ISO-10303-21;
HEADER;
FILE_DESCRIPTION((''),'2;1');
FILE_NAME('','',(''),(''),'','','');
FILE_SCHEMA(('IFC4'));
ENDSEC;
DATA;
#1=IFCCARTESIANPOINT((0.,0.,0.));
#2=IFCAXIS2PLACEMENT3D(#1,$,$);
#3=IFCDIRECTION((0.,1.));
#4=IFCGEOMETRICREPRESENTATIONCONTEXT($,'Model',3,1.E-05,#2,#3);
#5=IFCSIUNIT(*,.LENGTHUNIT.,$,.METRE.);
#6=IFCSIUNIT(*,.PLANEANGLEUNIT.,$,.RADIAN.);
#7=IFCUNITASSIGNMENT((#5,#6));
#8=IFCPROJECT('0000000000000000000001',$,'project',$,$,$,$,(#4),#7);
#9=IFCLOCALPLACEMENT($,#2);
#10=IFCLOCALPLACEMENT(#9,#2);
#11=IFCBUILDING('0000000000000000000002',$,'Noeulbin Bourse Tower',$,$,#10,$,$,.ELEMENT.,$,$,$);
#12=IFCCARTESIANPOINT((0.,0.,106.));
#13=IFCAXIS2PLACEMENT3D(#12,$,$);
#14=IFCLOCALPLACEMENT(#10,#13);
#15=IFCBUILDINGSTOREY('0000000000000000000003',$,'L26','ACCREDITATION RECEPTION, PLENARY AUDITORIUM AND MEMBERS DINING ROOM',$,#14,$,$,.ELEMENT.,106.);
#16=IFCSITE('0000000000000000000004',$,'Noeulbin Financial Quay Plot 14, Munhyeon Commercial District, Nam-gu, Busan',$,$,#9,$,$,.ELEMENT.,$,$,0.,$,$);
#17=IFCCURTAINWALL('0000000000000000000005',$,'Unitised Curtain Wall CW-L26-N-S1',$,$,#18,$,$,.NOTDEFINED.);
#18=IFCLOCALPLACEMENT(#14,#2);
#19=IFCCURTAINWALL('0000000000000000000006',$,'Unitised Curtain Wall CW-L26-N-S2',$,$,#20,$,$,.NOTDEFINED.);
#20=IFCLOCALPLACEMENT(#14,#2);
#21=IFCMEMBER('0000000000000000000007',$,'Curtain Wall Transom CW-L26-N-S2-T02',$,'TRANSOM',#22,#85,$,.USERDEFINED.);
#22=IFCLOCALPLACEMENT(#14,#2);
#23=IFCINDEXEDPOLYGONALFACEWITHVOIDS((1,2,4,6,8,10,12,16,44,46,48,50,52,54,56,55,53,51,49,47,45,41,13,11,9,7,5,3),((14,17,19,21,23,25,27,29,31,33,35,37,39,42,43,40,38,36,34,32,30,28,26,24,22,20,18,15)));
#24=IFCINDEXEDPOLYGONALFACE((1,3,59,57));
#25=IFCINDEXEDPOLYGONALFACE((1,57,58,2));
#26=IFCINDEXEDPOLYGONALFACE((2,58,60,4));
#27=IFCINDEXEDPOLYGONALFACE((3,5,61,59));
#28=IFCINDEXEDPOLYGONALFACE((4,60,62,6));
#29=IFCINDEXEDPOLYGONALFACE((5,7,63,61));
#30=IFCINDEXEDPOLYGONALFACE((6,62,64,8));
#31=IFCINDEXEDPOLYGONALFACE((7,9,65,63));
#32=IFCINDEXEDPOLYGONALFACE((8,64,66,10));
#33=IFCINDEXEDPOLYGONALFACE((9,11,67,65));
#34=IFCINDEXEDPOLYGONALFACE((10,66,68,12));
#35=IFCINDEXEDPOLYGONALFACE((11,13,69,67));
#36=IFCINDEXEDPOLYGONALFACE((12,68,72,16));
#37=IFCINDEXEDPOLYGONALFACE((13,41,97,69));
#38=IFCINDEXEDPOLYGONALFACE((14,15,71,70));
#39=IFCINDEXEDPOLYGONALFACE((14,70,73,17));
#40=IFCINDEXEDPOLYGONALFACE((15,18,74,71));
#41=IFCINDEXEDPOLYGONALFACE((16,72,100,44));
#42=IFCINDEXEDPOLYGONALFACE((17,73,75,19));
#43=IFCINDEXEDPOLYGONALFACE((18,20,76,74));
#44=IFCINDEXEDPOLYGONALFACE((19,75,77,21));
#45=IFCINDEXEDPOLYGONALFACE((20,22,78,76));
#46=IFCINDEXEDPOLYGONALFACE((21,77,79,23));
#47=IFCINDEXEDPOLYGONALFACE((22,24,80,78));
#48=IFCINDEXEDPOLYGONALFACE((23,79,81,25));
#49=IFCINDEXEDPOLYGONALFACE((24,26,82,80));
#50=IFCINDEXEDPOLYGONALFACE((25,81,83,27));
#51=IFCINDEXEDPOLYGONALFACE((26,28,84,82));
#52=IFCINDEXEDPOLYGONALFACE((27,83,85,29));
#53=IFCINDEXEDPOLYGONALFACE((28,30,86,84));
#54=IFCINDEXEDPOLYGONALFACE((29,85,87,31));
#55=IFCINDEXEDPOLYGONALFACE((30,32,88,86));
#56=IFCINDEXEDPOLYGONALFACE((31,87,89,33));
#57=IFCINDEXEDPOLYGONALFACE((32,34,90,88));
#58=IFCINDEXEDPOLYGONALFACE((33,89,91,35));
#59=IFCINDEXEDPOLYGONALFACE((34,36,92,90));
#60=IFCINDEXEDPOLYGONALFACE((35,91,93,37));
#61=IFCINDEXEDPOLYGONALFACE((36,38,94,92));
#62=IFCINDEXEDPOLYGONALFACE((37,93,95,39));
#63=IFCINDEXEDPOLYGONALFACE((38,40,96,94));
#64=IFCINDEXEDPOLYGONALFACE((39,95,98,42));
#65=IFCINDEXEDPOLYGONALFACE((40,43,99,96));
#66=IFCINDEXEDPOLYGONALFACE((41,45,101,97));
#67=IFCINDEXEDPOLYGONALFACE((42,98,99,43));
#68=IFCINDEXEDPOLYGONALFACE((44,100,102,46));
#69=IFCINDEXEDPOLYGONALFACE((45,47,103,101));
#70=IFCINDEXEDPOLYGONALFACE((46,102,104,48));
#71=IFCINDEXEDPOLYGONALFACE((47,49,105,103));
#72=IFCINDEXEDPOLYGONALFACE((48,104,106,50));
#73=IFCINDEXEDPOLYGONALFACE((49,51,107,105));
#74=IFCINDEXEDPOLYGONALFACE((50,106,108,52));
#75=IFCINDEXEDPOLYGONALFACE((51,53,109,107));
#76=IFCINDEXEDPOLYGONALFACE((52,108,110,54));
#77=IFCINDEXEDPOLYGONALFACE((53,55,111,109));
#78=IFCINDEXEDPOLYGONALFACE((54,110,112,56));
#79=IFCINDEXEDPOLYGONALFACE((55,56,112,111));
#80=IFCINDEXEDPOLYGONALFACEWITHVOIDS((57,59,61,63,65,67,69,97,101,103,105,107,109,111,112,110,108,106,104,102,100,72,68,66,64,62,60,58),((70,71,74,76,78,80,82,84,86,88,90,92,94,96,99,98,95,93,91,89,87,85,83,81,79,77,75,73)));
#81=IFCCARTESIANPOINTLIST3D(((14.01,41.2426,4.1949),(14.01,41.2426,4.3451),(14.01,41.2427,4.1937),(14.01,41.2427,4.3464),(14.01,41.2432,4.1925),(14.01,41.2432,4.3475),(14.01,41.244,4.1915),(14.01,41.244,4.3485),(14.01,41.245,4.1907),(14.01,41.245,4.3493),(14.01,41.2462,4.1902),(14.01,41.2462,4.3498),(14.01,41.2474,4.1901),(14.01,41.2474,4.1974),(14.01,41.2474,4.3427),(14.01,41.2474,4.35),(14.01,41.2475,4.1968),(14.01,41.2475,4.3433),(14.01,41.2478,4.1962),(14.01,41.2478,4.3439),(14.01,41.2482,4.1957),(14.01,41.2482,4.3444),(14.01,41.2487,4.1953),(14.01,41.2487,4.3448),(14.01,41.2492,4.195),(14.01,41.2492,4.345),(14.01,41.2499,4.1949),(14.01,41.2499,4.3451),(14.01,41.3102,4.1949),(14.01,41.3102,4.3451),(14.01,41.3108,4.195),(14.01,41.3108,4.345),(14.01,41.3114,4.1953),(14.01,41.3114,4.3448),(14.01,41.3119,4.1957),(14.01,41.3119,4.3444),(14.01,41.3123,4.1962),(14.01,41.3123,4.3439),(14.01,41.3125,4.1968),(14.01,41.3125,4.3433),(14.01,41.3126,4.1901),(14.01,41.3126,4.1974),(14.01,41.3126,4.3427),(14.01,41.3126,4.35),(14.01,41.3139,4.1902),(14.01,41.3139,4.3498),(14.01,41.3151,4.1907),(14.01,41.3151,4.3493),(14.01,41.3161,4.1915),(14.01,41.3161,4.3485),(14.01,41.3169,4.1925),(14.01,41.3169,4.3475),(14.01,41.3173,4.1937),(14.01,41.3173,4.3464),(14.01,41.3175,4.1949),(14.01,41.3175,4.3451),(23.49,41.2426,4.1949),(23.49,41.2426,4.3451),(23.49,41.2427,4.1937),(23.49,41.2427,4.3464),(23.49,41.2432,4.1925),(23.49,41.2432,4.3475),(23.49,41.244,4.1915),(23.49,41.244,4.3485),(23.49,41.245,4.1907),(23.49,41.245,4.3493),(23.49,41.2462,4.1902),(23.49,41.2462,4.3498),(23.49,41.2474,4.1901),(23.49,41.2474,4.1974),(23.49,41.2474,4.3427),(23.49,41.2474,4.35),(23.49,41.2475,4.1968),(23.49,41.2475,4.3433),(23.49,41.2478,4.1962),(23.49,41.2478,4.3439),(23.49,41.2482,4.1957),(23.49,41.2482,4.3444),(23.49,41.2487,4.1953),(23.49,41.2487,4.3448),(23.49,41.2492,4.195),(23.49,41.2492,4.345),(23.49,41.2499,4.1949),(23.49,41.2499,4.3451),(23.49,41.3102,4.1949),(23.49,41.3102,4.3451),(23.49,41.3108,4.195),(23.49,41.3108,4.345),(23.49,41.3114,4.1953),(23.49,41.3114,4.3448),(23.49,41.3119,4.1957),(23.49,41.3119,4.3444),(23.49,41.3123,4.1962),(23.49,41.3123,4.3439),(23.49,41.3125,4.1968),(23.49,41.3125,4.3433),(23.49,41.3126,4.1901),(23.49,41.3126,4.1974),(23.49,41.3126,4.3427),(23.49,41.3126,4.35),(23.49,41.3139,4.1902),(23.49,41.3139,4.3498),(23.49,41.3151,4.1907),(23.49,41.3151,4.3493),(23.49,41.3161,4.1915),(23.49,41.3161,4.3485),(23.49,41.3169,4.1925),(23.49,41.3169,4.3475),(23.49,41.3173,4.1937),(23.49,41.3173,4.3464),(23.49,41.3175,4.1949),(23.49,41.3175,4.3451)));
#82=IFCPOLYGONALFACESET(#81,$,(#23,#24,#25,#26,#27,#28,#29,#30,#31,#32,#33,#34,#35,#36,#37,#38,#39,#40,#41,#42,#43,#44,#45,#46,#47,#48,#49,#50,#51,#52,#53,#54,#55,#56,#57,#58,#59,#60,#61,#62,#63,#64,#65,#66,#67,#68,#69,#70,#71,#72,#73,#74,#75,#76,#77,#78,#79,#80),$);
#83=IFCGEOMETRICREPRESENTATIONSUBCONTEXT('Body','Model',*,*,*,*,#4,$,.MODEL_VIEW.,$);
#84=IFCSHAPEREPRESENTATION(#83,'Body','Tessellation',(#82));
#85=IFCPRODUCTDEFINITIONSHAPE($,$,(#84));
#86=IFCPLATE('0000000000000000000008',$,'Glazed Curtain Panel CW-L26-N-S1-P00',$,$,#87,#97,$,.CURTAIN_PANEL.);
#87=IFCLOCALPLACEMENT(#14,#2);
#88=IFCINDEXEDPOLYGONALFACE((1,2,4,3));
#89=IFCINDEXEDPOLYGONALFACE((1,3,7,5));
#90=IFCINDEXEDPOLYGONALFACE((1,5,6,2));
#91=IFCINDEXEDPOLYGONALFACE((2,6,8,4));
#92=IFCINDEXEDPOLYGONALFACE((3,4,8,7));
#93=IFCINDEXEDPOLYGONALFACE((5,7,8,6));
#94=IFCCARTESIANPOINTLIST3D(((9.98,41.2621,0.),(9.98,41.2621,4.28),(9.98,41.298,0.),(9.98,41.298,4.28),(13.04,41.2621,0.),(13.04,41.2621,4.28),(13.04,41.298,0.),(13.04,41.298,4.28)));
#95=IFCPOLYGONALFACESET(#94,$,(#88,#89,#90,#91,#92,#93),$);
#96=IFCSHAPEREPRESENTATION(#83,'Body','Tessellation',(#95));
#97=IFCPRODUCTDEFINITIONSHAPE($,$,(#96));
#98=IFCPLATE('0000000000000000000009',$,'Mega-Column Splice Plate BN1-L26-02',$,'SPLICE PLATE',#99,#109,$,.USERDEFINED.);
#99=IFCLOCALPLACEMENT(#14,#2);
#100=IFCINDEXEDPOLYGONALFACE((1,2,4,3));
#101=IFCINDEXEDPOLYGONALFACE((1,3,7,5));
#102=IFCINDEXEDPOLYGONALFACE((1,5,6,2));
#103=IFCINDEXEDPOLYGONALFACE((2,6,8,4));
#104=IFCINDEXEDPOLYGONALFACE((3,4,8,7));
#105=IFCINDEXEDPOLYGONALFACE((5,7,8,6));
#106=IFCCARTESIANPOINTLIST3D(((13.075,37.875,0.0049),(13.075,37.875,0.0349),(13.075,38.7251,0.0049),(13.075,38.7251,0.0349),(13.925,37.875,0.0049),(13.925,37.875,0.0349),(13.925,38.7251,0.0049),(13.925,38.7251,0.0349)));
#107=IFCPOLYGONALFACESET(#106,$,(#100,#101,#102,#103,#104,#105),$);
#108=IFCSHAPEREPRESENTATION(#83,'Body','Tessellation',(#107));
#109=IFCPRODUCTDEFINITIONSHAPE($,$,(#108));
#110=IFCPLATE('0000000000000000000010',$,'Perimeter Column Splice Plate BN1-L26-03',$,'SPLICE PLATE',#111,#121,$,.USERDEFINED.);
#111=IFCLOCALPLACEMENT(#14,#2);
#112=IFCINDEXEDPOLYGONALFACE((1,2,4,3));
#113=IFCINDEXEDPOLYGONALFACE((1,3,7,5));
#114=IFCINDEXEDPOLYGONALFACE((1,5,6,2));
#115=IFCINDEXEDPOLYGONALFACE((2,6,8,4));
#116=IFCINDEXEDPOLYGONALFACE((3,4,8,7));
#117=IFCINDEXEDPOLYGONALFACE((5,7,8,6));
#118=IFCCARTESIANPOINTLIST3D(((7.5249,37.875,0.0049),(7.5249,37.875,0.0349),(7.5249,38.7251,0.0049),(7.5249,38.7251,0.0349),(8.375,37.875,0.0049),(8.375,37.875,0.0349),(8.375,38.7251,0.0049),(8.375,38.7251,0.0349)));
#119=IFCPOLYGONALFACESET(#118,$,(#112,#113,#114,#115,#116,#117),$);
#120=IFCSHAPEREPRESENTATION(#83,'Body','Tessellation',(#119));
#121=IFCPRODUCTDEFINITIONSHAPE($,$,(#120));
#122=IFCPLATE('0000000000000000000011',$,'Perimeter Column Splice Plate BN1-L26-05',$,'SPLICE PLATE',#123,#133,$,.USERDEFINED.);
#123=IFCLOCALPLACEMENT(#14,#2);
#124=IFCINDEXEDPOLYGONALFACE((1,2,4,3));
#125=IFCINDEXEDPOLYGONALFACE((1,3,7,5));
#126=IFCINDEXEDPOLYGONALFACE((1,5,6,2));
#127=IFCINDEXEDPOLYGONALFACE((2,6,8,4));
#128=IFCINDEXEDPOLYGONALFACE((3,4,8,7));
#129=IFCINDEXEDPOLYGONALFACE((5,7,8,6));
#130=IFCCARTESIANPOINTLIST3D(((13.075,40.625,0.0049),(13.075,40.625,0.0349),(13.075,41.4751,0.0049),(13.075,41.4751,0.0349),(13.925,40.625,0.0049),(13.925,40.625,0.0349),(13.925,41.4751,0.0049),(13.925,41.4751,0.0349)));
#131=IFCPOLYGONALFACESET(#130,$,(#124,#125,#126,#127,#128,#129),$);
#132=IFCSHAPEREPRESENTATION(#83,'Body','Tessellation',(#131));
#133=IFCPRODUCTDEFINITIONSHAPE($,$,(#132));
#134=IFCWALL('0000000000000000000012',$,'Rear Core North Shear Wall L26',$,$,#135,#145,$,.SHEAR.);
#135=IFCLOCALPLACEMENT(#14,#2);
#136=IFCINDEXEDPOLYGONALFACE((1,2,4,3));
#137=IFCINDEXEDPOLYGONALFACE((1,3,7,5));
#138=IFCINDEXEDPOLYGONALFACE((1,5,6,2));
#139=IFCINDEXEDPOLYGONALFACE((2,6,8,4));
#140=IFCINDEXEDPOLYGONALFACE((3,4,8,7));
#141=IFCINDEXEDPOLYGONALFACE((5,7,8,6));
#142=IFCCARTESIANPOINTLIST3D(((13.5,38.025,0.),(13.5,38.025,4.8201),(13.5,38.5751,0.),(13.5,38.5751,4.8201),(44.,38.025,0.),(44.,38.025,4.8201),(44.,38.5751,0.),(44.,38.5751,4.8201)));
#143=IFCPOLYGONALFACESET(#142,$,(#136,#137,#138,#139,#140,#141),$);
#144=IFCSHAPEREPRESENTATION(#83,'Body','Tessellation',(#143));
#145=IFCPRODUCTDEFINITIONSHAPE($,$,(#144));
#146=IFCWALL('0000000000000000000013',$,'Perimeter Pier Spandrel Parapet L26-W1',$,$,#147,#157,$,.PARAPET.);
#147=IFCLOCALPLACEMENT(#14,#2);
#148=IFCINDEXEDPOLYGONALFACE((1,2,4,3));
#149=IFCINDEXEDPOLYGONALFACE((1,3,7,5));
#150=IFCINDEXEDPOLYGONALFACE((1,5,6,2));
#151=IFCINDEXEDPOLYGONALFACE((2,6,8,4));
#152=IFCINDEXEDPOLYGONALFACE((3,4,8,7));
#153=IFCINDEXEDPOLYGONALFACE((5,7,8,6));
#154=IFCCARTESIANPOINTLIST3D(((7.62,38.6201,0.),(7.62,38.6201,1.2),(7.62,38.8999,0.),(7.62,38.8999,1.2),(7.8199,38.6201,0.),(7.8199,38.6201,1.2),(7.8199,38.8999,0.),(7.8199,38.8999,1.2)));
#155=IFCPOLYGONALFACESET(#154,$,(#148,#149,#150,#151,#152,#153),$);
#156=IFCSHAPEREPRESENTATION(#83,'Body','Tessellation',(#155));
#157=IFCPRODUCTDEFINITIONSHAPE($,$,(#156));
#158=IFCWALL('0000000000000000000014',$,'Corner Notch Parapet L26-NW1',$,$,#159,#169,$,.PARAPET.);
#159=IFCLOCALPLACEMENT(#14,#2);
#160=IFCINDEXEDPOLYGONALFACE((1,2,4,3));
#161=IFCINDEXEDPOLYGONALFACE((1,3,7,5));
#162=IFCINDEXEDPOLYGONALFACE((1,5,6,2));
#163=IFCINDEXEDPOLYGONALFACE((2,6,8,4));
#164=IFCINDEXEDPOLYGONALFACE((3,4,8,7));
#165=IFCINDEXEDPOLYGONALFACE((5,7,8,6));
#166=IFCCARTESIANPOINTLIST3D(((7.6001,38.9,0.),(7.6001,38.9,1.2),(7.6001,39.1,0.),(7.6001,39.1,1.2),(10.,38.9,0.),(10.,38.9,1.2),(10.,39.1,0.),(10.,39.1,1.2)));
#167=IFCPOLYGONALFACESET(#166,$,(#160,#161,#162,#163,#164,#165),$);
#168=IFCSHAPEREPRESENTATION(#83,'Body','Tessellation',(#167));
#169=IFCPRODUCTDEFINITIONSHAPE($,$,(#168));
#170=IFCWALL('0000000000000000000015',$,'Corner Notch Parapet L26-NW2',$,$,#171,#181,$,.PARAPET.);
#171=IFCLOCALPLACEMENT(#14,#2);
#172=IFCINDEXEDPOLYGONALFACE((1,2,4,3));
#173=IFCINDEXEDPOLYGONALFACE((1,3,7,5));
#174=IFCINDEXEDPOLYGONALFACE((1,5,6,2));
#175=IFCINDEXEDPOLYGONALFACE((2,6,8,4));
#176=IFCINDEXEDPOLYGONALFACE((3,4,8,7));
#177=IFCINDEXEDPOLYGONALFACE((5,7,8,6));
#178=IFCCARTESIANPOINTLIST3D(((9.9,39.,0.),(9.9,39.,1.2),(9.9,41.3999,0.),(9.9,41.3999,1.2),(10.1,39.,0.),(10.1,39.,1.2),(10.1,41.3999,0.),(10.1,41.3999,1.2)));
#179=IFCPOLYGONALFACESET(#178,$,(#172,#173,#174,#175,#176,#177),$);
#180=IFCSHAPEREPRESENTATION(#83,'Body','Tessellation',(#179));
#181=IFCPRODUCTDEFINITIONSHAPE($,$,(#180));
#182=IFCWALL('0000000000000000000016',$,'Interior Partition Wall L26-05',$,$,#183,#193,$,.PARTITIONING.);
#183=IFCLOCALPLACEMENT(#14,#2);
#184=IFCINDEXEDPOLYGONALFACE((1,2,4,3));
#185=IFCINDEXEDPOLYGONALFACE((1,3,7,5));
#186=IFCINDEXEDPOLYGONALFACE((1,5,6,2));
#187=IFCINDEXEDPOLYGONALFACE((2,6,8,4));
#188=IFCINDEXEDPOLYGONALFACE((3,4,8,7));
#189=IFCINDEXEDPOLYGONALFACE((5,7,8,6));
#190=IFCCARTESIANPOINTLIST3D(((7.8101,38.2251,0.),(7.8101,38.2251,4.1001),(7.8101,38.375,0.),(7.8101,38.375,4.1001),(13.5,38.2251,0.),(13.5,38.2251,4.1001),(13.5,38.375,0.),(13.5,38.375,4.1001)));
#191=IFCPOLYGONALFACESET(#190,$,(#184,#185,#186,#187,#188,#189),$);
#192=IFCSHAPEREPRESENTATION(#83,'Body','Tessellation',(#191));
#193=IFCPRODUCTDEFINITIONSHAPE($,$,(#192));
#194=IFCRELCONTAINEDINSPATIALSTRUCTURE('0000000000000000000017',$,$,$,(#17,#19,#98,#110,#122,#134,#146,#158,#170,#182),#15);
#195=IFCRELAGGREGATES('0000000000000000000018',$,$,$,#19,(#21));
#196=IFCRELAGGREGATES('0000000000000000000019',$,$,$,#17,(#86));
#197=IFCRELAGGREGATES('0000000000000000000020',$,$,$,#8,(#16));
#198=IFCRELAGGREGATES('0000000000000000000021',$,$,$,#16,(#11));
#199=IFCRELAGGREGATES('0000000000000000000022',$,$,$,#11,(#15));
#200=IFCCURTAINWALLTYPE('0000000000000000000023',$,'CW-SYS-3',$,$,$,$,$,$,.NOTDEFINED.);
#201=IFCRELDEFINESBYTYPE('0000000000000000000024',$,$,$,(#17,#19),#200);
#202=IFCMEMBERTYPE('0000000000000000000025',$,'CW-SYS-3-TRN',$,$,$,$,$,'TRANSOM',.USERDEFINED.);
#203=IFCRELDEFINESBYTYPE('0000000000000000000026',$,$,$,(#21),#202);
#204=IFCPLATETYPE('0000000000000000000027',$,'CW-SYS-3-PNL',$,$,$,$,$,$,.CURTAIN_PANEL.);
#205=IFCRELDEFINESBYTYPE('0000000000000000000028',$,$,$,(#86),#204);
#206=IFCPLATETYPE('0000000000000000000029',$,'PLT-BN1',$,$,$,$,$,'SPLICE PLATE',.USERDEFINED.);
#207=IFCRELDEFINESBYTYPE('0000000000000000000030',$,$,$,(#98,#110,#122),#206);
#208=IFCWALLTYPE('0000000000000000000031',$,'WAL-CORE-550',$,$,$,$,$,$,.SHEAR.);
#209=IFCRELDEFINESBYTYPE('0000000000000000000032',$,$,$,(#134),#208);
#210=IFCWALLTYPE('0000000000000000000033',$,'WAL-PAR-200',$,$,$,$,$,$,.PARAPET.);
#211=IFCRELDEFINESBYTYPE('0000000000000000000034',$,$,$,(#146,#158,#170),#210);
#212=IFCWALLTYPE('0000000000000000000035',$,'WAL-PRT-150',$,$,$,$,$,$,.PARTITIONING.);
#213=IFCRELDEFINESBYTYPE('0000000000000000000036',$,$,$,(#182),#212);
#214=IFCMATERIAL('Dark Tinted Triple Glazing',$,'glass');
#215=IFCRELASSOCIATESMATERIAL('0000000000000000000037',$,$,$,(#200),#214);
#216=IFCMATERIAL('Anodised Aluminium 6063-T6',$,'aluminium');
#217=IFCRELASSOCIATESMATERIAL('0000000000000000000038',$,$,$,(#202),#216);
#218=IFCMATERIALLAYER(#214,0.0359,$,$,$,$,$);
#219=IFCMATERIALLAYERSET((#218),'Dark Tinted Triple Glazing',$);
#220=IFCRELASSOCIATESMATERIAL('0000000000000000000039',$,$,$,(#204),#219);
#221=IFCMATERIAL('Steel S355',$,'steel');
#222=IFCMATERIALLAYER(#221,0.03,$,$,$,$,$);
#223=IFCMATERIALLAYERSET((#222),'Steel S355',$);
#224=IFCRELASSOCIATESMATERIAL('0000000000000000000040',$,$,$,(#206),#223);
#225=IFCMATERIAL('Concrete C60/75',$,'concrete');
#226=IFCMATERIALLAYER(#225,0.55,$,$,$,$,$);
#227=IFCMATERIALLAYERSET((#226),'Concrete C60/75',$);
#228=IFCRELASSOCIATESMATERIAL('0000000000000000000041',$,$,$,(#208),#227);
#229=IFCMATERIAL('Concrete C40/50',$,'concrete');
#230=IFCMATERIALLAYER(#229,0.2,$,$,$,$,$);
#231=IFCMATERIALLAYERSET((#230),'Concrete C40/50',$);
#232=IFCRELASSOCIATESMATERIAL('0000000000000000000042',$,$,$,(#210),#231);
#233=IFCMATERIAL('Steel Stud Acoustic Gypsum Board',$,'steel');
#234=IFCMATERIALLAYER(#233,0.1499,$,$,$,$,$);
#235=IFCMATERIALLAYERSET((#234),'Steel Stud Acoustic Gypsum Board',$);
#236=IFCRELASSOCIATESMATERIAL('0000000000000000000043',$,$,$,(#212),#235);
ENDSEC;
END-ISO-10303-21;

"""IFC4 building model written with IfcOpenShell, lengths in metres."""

from ifc_helpers import new_model, si_unit, direction, frame, frame_2d, origin, origin_2d, place, context, subcontext, project, spatial, rectangle, hollow_rectangle, extrude, material, layer, layer_set, material_profile, profile_set, type_object, element, aggregate, save


model = new_model("IFC4")

# Units and contexts
model_context = context("Model", 3, precision=1e-05, world=origin(), true_north=direction((0.0, 1.0)))
body_context = subcontext(model_context, "Body", "Model", "MODEL_VIEW")
ifc_project = project(units=[si_unit("LENGTHUNIT", "METRE"), si_unit("PLANEANGLEUNIT", "RADIAN")], contexts=[model_context])

# Site, building, storey
site_placement = place(None, origin())
site = spatial("IfcSite", under=ifc_project, at=site_placement, Name="Noeulbin Financial Quay Plot 14, Munhyeon Commercial District, Nam-gu, Busan", CompositionType="ELEMENT", RefElevation=0.0)
building_placement = place(site_placement, origin())
building = spatial("IfcBuilding", under=site, at=building_placement, Name="Noeulbin Bourse Tower", CompositionType="ELEMENT")
storey_placement = place(building_placement, frame((0.0, 0.0, 106.0)))
storey = spatial("IfcBuildingStorey", under=building, at=storey_placement, Name="L26", Description="ACCREDITATION RECEPTION, PLENARY AUDITORIUM AND MEMBERS DINING ROOM", CompositionType="ELEMENT", Elevation=106.0)

# Shared definitions
ifc_material_1 = material(Name="Steel S355", Category="steel")

# Curtain wall
ifc_material_2 = material(Name="Dark Tinted Triple Glazing", Category="glass")
curtain_wall_type = type_object("IfcCurtainWallType", Name="CW-SYS-3", PredefinedType="NOTDEFINED", material=ifc_material_2)
curtain_wall_1_placement = place(storey_placement, origin())
curtain_wall_1 = element("IfcCurtainWall", 1, at=curtain_wall_1_placement, inside=storey, type_object=curtain_wall_type, Name="Unitised Curtain Wall CW-L26-N-S1", PredefinedType="NOTDEFINED")
ifc_material_3 = material(Name="Anodised Aluminium 6063-T6", Category="aluminium")

# Curtain wall
curtain_wall_2_placement = place(storey_placement, origin())
curtain_wall_2 = element("IfcCurtainWall", 2, at=curtain_wall_2_placement, inside=storey, type_object=curtain_wall_type, Name="Unitised Curtain Wall CW-L26-N-S2", PredefinedType="NOTDEFINED")

# Member
ifc_material_profile_1 = material_profile(ifc_material_3, hollow_rectangle(XDim=0.075, YDim=0.1599, WallThickness=0.0049, InnerFilletRadius=0.0024, OuterFilletRadius=0.0049, at=origin_2d()), Name="ALU-TRAN-75x160x5", Category="LoadBearing")
ifc_profile_set_1 = profile_set([ifc_material_profile_1], Name="Anodised Aluminium 6063-T6")
member_type_1 = type_object("IfcMemberType", Name="CW-SYS-3-TRN", ElementType="TRANSOM", PredefinedType="USERDEFINED", material=ifc_profile_set_1)
member_1_placement = place(storey_placement, frame((14.01, 41.28, 4.27), z_axis=(1.0, 0.0, 0.0), x_axis=(0.0, 1.0, 0.0)))
member_1 = element("IfcMember", 3, at=member_1_placement, type_object=member_type_1, Name="Curtain Wall Transom CW-L26-N-S2-T02", ObjectType="TRANSOM", PredefinedType="USERDEFINED", context=body_context, shape_type="SweptSolid", body=[
    extrude(hollow_rectangle(XDim=0.075, YDim=0.1599, WallThickness=0.0049, InnerFilletRadius=0.0024, OuterFilletRadius=0.0049, at=origin_2d()), origin(), (0.0, 0.0, 1.0), 9.48),
])
aggregate(curtain_wall_2, [member_1])

# Plate
ifc_layer_1 = layer(ifc_material_2, 0.0359)
ifc_layer_set_1 = layer_set([ifc_layer_1], Name="Dark Tinted Triple Glazing")
plate_type_1 = type_object("IfcPlateType", Name="CW-SYS-3-PNL", PredefinedType="CURTAIN_PANEL", material=ifc_layer_set_1)
plate_placement = place(storey_placement, frame((11.51, 41.28, 0.0), z_axis=(0.0, 0.0, 1.0), x_axis=(1.0, 0.0, 0.0)))
plate = element("IfcPlate", 4, at=plate_placement, type_object=plate_type_1, Name="Glazed Curtain Panel CW-L26-N-S1-P00", PredefinedType="CURTAIN_PANEL", context=body_context, shape_type="SweptSolid", body=[
    extrude(rectangle(XDim=3.0601, YDim=0.0359, at=origin_2d()), origin(), (0.0, 0.0, 1.0), 4.28),
])
aggregate(curtain_wall_1, [plate])

# Plates
ifc_layer_2 = layer(ifc_material_1, 0.03)
ifc_layer_set_2 = layer_set([ifc_layer_2], Name="Steel S355")
plate_type_2 = type_object("IfcPlateType", Name="PLT-BN1", ElementType="SPLICE PLATE", PredefinedType="USERDEFINED", material=ifc_layer_set_2)
for number, where, z_axis, x_axis, name in (
    (5, (13.5, 38.3, 0.0049), (0.0, 0.0, 1.0), (1.0, 0.0, 0.0), "Mega-Column Splice Plate BN1-L26-02"),
    (6, (7.95, 38.3, 0.0049), (0.0, 0.0, 1.0), (1.0, 0.0, 0.0), "Perimeter Column Splice Plate BN1-L26-03"),
    (7, (13.5, 41.05, 0.0049), (0.0, 0.0, 1.0), (1.0, 0.0, 0.0), "Perimeter Column Splice Plate BN1-L26-05"),
):
    element("IfcPlate", number, at=place(storey_placement, frame(where, z_axis=z_axis, x_axis=x_axis)), inside=storey, type_object=plate_type_2, Name=name, ObjectType="SPLICE PLATE", PredefinedType="USERDEFINED", context=body_context, shape_type="SweptSolid", body=[
        extrude(rectangle(XDim=0.8501, YDim=0.8501, at=origin_2d()), origin(), (0.0, 0.0, 1.0), 0.03),
    ])

# Walls
ifc_material_4 = material(Name="Concrete C60/75", Category="concrete")
ifc_layer_3 = layer(ifc_material_4, 0.55)
ifc_layer_set_3 = layer_set([ifc_layer_3], Name="Concrete C60/75")
wall_type_1 = type_object("IfcWallType", Name="WAL-CORE-550", PredefinedType="SHEAR", material=ifc_layer_set_3)
wall_1_placement = place(storey_placement, frame((13.5, 38.3, 0.0), z_axis=(0.0, 0.0, 1.0), x_axis=(1.0, 0.0, 0.0)))
element("IfcWall", 8, at=wall_1_placement, inside=storey, type_object=wall_type_1, Name="Rear Core North Shear Wall L26", PredefinedType="SHEAR", context=body_context, shape_type="SweptSolid", body=[
    extrude(rectangle(XDim=30.5, YDim=0.55, at=frame_2d((15.25, 0.0))), origin(), (0.0, 0.0, 1.0), 4.8201),
])
ifc_material_5 = material(Name="Concrete C40/50", Category="concrete")
ifc_layer_4 = layer(ifc_material_5, 0.2)
ifc_layer_set_4 = layer_set([ifc_layer_4], Name="Concrete C40/50")
wall_type_2 = type_object("IfcWallType", Name="WAL-PAR-200", PredefinedType="PARAPET", material=ifc_layer_set_4)
wall_2_placement = place(storey_placement, frame((7.72, 38.6201, 0.0), z_axis=(0.0, 0.0, 1.0), x_axis=(0.0, 1.0, 0.0)))
element("IfcWall", 9, at=wall_2_placement, inside=storey, type_object=wall_type_2, Name="Perimeter Pier Spandrel Parapet L26-W1", PredefinedType="PARAPET", context=body_context, shape_type="SweptSolid", body=[
    extrude(rectangle(XDim=0.2798, YDim=0.2, at=frame_2d((0.1399, 0.0))), origin(), (0.0, 0.0, 1.0), 1.2),
])
for number, where, z_axis, x_axis, name in (
    (10, (7.6001, 39.0, 0.0), (0.0, 0.0, 1.0), (1.0, 0.0, 0.0), "Corner Notch Parapet L26-NW1"),
    (11, (10.0, 39.0, 0.0), (0.0, 0.0, 1.0), (0.0, 1.0, 0.0), "Corner Notch Parapet L26-NW2"),
):
    element("IfcWall", number, at=place(storey_placement, frame(where, z_axis=z_axis, x_axis=x_axis)), inside=storey, type_object=wall_type_2, Name=name, PredefinedType="PARAPET", context=body_context, shape_type="SweptSolid", body=[
        extrude(rectangle(XDim=2.3999, YDim=0.2, at=frame_2d((1.2, 0.0))), origin(), (0.0, 0.0, 1.0), 1.2),
    ])
ifc_material_6 = material(Name="Steel Stud Acoustic Gypsum Board", Category="steel")
ifc_layer_5 = layer(ifc_material_6, 0.1499)
ifc_layer_set_5 = layer_set([ifc_layer_5], Name="Steel Stud Acoustic Gypsum Board")
wall_type_3 = type_object("IfcWallType", Name="WAL-PRT-150", PredefinedType="PARTITIONING", material=ifc_layer_set_5)
wall_3_placement = place(storey_placement, frame((7.8101, 38.3, 0.0), z_axis=(0.0, 0.0, 1.0), x_axis=(1.0, 0.0, 0.0)))
element("IfcWall", 12, at=wall_3_placement, inside=storey, type_object=wall_type_3, Name="Interior Partition Wall L26-05", PredefinedType="PARTITIONING", context=body_context, shape_type="SweptSolid", body=[
    extrude(rectangle(XDim=5.6899, YDim=0.1499, at=frame_2d((2.845, 0.0))), origin(), (0.0, 0.0, 1.0), 4.1001),
])

save(model, "model.ifc")
